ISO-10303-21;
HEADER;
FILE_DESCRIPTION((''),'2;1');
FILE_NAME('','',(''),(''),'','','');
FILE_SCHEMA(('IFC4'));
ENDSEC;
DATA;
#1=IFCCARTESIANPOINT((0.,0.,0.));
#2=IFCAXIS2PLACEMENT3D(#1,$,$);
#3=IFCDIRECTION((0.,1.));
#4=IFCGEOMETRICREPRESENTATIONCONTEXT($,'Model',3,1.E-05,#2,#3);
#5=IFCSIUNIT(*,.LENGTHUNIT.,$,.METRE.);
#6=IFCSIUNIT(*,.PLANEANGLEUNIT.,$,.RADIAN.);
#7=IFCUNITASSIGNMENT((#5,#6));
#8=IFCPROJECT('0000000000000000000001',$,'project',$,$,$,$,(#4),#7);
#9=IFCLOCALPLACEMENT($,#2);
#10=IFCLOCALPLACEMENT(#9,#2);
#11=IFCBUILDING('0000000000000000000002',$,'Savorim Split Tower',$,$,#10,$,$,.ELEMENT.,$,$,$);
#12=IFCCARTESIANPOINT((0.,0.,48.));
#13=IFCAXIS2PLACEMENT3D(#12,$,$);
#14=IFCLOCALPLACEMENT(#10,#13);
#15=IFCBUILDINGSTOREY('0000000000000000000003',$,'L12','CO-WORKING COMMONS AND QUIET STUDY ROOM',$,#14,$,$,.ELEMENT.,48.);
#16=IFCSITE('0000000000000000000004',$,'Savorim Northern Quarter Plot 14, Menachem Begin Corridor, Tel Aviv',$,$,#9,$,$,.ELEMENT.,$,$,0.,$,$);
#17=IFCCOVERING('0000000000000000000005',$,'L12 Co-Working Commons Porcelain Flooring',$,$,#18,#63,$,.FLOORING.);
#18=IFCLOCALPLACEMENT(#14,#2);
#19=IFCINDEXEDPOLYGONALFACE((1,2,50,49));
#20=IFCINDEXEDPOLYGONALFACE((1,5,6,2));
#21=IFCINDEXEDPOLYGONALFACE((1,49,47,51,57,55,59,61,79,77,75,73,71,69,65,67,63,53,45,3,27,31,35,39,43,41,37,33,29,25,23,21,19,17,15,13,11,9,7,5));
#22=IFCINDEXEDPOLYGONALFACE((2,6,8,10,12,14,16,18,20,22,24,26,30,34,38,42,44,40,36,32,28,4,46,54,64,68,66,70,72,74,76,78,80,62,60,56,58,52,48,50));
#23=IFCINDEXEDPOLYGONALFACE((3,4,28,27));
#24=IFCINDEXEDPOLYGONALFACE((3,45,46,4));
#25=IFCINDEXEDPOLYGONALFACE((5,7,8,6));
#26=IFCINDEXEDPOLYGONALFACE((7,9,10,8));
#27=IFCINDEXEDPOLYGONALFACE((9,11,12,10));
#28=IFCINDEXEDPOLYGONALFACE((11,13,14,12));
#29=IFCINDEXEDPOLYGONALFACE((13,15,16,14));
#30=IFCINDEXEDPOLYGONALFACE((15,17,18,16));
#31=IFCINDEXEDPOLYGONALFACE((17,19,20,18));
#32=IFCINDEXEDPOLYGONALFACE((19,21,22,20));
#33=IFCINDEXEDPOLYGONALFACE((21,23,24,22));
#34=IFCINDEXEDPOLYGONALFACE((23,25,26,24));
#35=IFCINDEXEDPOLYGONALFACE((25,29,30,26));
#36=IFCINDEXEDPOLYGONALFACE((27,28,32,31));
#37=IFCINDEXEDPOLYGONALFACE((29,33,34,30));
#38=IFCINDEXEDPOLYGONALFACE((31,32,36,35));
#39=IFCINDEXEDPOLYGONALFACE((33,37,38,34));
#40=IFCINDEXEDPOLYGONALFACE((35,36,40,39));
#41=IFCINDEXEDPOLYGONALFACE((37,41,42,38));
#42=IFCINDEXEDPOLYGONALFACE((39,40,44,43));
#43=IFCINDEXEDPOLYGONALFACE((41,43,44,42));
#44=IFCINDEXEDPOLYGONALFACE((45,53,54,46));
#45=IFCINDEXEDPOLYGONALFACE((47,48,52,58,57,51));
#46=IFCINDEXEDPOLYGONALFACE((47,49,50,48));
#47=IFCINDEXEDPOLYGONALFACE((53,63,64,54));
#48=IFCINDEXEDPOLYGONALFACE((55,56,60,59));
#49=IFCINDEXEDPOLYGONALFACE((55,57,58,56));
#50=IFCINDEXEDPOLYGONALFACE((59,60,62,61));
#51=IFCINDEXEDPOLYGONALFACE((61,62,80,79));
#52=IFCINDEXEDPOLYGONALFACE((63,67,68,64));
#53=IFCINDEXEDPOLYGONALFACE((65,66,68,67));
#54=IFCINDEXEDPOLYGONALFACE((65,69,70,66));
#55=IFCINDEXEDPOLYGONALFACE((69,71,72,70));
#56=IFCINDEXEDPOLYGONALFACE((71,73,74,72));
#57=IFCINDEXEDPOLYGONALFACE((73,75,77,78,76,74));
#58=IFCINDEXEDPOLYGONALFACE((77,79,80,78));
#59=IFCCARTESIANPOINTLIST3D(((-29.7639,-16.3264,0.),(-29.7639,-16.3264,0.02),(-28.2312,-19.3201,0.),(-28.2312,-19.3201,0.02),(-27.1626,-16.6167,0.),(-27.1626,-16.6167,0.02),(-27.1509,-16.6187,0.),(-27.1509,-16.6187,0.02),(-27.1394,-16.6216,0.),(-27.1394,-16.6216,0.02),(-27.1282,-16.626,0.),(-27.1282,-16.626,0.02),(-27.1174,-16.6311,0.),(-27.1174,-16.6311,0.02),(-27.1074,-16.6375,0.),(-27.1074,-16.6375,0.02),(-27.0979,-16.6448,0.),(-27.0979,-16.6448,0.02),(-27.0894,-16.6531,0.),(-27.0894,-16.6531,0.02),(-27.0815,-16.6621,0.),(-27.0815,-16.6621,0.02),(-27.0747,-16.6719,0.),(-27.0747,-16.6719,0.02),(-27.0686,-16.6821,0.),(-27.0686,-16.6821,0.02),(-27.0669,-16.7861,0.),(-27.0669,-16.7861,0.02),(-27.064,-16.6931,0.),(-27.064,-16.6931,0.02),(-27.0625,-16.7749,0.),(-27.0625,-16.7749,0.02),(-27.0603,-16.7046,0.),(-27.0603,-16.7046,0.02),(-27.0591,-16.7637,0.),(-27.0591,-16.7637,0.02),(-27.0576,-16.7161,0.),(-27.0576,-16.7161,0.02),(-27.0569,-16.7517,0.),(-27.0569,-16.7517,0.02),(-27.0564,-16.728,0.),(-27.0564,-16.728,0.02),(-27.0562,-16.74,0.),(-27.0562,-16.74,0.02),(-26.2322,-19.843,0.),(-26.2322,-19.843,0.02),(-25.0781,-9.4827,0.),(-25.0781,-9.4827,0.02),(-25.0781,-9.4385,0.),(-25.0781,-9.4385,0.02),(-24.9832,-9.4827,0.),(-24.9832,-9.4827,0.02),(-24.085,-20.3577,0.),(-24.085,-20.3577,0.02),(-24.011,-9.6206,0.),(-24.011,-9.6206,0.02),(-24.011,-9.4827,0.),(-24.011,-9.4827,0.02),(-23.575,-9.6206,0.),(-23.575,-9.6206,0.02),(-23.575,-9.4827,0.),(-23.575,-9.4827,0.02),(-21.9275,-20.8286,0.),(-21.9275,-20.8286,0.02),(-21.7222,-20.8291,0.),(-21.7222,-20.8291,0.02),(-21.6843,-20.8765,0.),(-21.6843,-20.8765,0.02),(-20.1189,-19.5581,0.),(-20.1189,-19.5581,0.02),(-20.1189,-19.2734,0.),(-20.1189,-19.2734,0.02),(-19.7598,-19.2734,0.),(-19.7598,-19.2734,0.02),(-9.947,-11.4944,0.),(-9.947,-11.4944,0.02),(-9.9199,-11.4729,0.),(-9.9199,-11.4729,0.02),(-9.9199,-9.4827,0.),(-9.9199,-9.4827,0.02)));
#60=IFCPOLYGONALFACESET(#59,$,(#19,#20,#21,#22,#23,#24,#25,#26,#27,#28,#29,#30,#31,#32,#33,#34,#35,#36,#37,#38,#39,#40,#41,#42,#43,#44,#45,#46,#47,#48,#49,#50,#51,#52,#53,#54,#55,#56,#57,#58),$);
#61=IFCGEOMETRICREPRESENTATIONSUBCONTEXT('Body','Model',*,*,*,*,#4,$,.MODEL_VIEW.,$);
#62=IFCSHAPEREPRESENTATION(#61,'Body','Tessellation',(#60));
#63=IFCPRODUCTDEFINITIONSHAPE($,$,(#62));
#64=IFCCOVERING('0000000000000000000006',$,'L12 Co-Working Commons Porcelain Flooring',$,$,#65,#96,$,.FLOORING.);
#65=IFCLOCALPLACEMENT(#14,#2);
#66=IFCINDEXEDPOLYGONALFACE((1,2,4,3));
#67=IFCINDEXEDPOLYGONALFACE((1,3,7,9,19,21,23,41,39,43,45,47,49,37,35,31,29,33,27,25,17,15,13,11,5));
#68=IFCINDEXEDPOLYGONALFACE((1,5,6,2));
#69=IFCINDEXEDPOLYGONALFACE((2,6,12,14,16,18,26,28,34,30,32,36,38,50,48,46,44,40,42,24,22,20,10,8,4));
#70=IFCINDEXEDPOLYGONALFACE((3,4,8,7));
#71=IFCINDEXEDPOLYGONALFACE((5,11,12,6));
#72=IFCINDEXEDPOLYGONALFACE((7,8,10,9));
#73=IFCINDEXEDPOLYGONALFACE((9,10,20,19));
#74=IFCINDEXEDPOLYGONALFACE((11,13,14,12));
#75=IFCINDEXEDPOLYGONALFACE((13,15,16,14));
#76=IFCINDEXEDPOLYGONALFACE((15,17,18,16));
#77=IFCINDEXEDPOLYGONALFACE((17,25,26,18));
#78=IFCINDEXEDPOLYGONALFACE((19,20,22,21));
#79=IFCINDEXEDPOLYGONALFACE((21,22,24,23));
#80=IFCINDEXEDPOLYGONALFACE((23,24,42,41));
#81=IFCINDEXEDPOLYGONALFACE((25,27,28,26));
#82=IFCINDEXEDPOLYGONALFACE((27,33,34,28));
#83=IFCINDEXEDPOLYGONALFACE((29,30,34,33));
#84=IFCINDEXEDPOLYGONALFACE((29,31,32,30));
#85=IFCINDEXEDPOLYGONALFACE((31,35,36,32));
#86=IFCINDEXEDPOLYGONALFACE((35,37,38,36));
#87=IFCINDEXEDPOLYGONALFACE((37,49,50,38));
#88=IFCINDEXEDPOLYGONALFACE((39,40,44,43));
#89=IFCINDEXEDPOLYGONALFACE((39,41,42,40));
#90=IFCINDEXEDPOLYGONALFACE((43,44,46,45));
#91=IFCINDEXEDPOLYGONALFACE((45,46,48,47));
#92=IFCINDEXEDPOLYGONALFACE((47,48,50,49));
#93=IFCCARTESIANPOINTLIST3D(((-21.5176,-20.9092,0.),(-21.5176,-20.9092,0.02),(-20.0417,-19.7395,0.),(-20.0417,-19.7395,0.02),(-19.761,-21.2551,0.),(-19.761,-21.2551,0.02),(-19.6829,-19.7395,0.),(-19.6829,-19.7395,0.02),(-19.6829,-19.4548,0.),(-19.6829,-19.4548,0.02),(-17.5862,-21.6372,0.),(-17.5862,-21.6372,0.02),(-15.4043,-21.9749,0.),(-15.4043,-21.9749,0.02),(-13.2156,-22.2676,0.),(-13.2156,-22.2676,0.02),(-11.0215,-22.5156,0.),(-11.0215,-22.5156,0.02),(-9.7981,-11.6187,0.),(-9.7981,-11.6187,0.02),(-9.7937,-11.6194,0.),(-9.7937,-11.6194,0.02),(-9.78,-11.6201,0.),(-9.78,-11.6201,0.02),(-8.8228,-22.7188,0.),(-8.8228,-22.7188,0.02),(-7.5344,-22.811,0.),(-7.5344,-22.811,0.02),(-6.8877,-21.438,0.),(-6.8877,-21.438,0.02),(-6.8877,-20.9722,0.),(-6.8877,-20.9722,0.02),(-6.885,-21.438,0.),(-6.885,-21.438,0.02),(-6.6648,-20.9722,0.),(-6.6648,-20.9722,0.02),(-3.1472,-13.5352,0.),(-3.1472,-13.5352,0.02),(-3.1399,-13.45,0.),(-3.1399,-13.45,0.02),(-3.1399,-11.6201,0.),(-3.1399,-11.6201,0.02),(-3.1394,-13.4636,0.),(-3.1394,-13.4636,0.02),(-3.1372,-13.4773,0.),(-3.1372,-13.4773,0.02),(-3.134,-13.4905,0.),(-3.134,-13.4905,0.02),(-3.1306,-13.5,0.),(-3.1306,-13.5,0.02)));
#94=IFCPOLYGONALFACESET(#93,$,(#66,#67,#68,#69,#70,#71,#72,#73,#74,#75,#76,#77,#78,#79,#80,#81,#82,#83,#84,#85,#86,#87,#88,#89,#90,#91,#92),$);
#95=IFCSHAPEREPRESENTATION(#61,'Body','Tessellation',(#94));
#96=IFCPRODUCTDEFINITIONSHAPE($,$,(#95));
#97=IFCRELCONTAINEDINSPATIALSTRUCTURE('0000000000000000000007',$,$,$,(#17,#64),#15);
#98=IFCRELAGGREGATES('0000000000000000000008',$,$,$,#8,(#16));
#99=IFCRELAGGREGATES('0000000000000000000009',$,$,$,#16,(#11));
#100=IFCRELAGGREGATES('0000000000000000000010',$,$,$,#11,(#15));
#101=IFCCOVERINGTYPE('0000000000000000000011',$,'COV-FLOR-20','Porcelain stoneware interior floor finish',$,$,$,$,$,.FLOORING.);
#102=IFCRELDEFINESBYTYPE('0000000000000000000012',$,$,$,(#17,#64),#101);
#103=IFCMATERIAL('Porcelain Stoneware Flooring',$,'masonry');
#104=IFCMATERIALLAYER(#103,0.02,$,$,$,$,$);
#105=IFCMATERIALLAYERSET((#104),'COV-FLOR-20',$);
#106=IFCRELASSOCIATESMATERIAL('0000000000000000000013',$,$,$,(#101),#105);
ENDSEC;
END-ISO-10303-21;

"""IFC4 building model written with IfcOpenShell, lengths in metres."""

from ifc_helpers import new_model, si_unit, direction, frame, origin, place, context, subcontext, project, spatial, polyline, outline, extrude, material, layer, layer_set, type_object, element, save


model = new_model("IFC4")

# Units and contexts
model_context = context("Model", 3, precision=1e-05, world=origin(), true_north=direction((0.0, 1.0)))
body_context = subcontext(model_context, "Body", "Model", "MODEL_VIEW")
ifc_project = project(units=[si_unit("LENGTHUNIT", "METRE"), si_unit("PLANEANGLEUNIT", "RADIAN")], contexts=[model_context])

# Site, building, storey
site_placement = place(None, origin())
site = spatial("IfcSite", under=ifc_project, at=site_placement, Name="Savorim Northern Quarter Plot 14, Menachem Begin Corridor, Tel Aviv", CompositionType="ELEMENT", RefElevation=0.0)
building_placement = place(site_placement, origin())
building = spatial("IfcBuilding", under=site, at=building_placement, Name="Savorim Split Tower", CompositionType="ELEMENT")
storey_placement = place(building_placement, frame((0.0, 0.0, 48.0)))
storey = spatial("IfcBuildingStorey", under=building, at=storey_placement, Name="L12", Description="CO-WORKING COMMONS AND QUIET STUDY ROOM", CompositionType="ELEMENT", Elevation=48.0)

# Coverings
ifc_material_1 = material(Name="Porcelain Stoneware Flooring", Category="masonry")
ifc_layer_1 = layer(ifc_material_1, 0.02)
ifc_layer_set_1 = layer_set([ifc_layer_1], Name="COV-FLOR-20")
covering_type_1 = type_object("IfcCoveringType", Name="COV-FLOR-20", Description="Porcelain stoneware interior floor finish", PredefinedType="FLOORING", material=ifc_layer_set_1)
covering_1_placement = place(storey_placement, origin())
element("IfcCovering", 1, at=covering_1_placement, inside=storey, type_object=covering_type_1, Name="L12 Co-Working Commons Porcelain Flooring", PredefinedType="FLOORING", context=body_context, shape_type="SweptSolid", body=[
    extrude(outline(polyline([(-27.0564, -16.728), (-27.0562, -16.74), (-27.0569, -16.7517), (-27.0591, -16.7637), (-27.0625, -16.7749), (-27.0669, -16.7861), (-28.2312, -19.3201), (-26.2322, -19.843), (-24.085, -20.3577), (-21.9275, -20.8286), (-21.6843, -20.8765), (-21.7222, -20.8291), (-20.1189, -19.5581), (-20.1189, -19.2734), (-19.7598, -19.2734), (-9.947, -11.4944), (-9.9199, -11.4729), (-9.9199, -9.4827), (-23.575, -9.4827), (-23.575, -9.6206), (-24.011, -9.6206), (-24.011, -9.4827), (-24.9832, -9.4827), (-25.0781, -9.4827), (-25.0781, -9.4385), (-29.7639, -16.3264), (-27.1626, -16.6167), (-27.1509, -16.6187), (-27.1394, -16.6216), (-27.1282, -16.626), (-27.1174, -16.6311), (-27.1074, -16.6375), (-27.0979, -16.6448), (-27.0894, -16.6531), (-27.0815, -16.6621), (-27.0747, -16.6719), (-27.0686, -16.6821), (-27.064, -16.6931), (-27.0603, -16.7046), (-27.0576, -16.7161), (-27.0564, -16.728)])), origin(), (0.0, 0.0, 1.0), 0.02),
])
covering_2_placement = place(storey_placement, origin())
element("IfcCovering", 2, at=covering_2_placement, inside=storey, type_object=covering_type_1, Name="L12 Co-Working Commons Porcelain Flooring", PredefinedType="FLOORING", context=body_context, shape_type="SweptSolid", body=[
    extrude(outline(polyline([(-15.4043, -21.9749), (-13.2156, -22.2676), (-11.0215, -22.5156), (-8.8228, -22.7188), (-7.5344, -22.811), (-6.885, -21.438), (-6.8877, -21.438), (-6.8877, -20.9722), (-6.6648, -20.9722), (-3.1472, -13.5352), (-3.1306, -13.5), (-3.134, -13.4905), (-3.1372, -13.4773), (-3.1394, -13.4636), (-3.1399, -13.45), (-3.1399, -11.6201), (-9.78, -11.6201), (-9.7937, -11.6194), (-9.7981, -11.6187), (-19.6829, -19.4548), (-19.6829, -19.7395), (-20.0417, -19.7395), (-21.5176, -20.9092), (-19.761, -21.2551), (-17.5862, -21.6372), (-15.4043, -21.9749)])), origin(), (0.0, 0.0, 1.0), 0.02),
])

save(model, "model.ifc")
